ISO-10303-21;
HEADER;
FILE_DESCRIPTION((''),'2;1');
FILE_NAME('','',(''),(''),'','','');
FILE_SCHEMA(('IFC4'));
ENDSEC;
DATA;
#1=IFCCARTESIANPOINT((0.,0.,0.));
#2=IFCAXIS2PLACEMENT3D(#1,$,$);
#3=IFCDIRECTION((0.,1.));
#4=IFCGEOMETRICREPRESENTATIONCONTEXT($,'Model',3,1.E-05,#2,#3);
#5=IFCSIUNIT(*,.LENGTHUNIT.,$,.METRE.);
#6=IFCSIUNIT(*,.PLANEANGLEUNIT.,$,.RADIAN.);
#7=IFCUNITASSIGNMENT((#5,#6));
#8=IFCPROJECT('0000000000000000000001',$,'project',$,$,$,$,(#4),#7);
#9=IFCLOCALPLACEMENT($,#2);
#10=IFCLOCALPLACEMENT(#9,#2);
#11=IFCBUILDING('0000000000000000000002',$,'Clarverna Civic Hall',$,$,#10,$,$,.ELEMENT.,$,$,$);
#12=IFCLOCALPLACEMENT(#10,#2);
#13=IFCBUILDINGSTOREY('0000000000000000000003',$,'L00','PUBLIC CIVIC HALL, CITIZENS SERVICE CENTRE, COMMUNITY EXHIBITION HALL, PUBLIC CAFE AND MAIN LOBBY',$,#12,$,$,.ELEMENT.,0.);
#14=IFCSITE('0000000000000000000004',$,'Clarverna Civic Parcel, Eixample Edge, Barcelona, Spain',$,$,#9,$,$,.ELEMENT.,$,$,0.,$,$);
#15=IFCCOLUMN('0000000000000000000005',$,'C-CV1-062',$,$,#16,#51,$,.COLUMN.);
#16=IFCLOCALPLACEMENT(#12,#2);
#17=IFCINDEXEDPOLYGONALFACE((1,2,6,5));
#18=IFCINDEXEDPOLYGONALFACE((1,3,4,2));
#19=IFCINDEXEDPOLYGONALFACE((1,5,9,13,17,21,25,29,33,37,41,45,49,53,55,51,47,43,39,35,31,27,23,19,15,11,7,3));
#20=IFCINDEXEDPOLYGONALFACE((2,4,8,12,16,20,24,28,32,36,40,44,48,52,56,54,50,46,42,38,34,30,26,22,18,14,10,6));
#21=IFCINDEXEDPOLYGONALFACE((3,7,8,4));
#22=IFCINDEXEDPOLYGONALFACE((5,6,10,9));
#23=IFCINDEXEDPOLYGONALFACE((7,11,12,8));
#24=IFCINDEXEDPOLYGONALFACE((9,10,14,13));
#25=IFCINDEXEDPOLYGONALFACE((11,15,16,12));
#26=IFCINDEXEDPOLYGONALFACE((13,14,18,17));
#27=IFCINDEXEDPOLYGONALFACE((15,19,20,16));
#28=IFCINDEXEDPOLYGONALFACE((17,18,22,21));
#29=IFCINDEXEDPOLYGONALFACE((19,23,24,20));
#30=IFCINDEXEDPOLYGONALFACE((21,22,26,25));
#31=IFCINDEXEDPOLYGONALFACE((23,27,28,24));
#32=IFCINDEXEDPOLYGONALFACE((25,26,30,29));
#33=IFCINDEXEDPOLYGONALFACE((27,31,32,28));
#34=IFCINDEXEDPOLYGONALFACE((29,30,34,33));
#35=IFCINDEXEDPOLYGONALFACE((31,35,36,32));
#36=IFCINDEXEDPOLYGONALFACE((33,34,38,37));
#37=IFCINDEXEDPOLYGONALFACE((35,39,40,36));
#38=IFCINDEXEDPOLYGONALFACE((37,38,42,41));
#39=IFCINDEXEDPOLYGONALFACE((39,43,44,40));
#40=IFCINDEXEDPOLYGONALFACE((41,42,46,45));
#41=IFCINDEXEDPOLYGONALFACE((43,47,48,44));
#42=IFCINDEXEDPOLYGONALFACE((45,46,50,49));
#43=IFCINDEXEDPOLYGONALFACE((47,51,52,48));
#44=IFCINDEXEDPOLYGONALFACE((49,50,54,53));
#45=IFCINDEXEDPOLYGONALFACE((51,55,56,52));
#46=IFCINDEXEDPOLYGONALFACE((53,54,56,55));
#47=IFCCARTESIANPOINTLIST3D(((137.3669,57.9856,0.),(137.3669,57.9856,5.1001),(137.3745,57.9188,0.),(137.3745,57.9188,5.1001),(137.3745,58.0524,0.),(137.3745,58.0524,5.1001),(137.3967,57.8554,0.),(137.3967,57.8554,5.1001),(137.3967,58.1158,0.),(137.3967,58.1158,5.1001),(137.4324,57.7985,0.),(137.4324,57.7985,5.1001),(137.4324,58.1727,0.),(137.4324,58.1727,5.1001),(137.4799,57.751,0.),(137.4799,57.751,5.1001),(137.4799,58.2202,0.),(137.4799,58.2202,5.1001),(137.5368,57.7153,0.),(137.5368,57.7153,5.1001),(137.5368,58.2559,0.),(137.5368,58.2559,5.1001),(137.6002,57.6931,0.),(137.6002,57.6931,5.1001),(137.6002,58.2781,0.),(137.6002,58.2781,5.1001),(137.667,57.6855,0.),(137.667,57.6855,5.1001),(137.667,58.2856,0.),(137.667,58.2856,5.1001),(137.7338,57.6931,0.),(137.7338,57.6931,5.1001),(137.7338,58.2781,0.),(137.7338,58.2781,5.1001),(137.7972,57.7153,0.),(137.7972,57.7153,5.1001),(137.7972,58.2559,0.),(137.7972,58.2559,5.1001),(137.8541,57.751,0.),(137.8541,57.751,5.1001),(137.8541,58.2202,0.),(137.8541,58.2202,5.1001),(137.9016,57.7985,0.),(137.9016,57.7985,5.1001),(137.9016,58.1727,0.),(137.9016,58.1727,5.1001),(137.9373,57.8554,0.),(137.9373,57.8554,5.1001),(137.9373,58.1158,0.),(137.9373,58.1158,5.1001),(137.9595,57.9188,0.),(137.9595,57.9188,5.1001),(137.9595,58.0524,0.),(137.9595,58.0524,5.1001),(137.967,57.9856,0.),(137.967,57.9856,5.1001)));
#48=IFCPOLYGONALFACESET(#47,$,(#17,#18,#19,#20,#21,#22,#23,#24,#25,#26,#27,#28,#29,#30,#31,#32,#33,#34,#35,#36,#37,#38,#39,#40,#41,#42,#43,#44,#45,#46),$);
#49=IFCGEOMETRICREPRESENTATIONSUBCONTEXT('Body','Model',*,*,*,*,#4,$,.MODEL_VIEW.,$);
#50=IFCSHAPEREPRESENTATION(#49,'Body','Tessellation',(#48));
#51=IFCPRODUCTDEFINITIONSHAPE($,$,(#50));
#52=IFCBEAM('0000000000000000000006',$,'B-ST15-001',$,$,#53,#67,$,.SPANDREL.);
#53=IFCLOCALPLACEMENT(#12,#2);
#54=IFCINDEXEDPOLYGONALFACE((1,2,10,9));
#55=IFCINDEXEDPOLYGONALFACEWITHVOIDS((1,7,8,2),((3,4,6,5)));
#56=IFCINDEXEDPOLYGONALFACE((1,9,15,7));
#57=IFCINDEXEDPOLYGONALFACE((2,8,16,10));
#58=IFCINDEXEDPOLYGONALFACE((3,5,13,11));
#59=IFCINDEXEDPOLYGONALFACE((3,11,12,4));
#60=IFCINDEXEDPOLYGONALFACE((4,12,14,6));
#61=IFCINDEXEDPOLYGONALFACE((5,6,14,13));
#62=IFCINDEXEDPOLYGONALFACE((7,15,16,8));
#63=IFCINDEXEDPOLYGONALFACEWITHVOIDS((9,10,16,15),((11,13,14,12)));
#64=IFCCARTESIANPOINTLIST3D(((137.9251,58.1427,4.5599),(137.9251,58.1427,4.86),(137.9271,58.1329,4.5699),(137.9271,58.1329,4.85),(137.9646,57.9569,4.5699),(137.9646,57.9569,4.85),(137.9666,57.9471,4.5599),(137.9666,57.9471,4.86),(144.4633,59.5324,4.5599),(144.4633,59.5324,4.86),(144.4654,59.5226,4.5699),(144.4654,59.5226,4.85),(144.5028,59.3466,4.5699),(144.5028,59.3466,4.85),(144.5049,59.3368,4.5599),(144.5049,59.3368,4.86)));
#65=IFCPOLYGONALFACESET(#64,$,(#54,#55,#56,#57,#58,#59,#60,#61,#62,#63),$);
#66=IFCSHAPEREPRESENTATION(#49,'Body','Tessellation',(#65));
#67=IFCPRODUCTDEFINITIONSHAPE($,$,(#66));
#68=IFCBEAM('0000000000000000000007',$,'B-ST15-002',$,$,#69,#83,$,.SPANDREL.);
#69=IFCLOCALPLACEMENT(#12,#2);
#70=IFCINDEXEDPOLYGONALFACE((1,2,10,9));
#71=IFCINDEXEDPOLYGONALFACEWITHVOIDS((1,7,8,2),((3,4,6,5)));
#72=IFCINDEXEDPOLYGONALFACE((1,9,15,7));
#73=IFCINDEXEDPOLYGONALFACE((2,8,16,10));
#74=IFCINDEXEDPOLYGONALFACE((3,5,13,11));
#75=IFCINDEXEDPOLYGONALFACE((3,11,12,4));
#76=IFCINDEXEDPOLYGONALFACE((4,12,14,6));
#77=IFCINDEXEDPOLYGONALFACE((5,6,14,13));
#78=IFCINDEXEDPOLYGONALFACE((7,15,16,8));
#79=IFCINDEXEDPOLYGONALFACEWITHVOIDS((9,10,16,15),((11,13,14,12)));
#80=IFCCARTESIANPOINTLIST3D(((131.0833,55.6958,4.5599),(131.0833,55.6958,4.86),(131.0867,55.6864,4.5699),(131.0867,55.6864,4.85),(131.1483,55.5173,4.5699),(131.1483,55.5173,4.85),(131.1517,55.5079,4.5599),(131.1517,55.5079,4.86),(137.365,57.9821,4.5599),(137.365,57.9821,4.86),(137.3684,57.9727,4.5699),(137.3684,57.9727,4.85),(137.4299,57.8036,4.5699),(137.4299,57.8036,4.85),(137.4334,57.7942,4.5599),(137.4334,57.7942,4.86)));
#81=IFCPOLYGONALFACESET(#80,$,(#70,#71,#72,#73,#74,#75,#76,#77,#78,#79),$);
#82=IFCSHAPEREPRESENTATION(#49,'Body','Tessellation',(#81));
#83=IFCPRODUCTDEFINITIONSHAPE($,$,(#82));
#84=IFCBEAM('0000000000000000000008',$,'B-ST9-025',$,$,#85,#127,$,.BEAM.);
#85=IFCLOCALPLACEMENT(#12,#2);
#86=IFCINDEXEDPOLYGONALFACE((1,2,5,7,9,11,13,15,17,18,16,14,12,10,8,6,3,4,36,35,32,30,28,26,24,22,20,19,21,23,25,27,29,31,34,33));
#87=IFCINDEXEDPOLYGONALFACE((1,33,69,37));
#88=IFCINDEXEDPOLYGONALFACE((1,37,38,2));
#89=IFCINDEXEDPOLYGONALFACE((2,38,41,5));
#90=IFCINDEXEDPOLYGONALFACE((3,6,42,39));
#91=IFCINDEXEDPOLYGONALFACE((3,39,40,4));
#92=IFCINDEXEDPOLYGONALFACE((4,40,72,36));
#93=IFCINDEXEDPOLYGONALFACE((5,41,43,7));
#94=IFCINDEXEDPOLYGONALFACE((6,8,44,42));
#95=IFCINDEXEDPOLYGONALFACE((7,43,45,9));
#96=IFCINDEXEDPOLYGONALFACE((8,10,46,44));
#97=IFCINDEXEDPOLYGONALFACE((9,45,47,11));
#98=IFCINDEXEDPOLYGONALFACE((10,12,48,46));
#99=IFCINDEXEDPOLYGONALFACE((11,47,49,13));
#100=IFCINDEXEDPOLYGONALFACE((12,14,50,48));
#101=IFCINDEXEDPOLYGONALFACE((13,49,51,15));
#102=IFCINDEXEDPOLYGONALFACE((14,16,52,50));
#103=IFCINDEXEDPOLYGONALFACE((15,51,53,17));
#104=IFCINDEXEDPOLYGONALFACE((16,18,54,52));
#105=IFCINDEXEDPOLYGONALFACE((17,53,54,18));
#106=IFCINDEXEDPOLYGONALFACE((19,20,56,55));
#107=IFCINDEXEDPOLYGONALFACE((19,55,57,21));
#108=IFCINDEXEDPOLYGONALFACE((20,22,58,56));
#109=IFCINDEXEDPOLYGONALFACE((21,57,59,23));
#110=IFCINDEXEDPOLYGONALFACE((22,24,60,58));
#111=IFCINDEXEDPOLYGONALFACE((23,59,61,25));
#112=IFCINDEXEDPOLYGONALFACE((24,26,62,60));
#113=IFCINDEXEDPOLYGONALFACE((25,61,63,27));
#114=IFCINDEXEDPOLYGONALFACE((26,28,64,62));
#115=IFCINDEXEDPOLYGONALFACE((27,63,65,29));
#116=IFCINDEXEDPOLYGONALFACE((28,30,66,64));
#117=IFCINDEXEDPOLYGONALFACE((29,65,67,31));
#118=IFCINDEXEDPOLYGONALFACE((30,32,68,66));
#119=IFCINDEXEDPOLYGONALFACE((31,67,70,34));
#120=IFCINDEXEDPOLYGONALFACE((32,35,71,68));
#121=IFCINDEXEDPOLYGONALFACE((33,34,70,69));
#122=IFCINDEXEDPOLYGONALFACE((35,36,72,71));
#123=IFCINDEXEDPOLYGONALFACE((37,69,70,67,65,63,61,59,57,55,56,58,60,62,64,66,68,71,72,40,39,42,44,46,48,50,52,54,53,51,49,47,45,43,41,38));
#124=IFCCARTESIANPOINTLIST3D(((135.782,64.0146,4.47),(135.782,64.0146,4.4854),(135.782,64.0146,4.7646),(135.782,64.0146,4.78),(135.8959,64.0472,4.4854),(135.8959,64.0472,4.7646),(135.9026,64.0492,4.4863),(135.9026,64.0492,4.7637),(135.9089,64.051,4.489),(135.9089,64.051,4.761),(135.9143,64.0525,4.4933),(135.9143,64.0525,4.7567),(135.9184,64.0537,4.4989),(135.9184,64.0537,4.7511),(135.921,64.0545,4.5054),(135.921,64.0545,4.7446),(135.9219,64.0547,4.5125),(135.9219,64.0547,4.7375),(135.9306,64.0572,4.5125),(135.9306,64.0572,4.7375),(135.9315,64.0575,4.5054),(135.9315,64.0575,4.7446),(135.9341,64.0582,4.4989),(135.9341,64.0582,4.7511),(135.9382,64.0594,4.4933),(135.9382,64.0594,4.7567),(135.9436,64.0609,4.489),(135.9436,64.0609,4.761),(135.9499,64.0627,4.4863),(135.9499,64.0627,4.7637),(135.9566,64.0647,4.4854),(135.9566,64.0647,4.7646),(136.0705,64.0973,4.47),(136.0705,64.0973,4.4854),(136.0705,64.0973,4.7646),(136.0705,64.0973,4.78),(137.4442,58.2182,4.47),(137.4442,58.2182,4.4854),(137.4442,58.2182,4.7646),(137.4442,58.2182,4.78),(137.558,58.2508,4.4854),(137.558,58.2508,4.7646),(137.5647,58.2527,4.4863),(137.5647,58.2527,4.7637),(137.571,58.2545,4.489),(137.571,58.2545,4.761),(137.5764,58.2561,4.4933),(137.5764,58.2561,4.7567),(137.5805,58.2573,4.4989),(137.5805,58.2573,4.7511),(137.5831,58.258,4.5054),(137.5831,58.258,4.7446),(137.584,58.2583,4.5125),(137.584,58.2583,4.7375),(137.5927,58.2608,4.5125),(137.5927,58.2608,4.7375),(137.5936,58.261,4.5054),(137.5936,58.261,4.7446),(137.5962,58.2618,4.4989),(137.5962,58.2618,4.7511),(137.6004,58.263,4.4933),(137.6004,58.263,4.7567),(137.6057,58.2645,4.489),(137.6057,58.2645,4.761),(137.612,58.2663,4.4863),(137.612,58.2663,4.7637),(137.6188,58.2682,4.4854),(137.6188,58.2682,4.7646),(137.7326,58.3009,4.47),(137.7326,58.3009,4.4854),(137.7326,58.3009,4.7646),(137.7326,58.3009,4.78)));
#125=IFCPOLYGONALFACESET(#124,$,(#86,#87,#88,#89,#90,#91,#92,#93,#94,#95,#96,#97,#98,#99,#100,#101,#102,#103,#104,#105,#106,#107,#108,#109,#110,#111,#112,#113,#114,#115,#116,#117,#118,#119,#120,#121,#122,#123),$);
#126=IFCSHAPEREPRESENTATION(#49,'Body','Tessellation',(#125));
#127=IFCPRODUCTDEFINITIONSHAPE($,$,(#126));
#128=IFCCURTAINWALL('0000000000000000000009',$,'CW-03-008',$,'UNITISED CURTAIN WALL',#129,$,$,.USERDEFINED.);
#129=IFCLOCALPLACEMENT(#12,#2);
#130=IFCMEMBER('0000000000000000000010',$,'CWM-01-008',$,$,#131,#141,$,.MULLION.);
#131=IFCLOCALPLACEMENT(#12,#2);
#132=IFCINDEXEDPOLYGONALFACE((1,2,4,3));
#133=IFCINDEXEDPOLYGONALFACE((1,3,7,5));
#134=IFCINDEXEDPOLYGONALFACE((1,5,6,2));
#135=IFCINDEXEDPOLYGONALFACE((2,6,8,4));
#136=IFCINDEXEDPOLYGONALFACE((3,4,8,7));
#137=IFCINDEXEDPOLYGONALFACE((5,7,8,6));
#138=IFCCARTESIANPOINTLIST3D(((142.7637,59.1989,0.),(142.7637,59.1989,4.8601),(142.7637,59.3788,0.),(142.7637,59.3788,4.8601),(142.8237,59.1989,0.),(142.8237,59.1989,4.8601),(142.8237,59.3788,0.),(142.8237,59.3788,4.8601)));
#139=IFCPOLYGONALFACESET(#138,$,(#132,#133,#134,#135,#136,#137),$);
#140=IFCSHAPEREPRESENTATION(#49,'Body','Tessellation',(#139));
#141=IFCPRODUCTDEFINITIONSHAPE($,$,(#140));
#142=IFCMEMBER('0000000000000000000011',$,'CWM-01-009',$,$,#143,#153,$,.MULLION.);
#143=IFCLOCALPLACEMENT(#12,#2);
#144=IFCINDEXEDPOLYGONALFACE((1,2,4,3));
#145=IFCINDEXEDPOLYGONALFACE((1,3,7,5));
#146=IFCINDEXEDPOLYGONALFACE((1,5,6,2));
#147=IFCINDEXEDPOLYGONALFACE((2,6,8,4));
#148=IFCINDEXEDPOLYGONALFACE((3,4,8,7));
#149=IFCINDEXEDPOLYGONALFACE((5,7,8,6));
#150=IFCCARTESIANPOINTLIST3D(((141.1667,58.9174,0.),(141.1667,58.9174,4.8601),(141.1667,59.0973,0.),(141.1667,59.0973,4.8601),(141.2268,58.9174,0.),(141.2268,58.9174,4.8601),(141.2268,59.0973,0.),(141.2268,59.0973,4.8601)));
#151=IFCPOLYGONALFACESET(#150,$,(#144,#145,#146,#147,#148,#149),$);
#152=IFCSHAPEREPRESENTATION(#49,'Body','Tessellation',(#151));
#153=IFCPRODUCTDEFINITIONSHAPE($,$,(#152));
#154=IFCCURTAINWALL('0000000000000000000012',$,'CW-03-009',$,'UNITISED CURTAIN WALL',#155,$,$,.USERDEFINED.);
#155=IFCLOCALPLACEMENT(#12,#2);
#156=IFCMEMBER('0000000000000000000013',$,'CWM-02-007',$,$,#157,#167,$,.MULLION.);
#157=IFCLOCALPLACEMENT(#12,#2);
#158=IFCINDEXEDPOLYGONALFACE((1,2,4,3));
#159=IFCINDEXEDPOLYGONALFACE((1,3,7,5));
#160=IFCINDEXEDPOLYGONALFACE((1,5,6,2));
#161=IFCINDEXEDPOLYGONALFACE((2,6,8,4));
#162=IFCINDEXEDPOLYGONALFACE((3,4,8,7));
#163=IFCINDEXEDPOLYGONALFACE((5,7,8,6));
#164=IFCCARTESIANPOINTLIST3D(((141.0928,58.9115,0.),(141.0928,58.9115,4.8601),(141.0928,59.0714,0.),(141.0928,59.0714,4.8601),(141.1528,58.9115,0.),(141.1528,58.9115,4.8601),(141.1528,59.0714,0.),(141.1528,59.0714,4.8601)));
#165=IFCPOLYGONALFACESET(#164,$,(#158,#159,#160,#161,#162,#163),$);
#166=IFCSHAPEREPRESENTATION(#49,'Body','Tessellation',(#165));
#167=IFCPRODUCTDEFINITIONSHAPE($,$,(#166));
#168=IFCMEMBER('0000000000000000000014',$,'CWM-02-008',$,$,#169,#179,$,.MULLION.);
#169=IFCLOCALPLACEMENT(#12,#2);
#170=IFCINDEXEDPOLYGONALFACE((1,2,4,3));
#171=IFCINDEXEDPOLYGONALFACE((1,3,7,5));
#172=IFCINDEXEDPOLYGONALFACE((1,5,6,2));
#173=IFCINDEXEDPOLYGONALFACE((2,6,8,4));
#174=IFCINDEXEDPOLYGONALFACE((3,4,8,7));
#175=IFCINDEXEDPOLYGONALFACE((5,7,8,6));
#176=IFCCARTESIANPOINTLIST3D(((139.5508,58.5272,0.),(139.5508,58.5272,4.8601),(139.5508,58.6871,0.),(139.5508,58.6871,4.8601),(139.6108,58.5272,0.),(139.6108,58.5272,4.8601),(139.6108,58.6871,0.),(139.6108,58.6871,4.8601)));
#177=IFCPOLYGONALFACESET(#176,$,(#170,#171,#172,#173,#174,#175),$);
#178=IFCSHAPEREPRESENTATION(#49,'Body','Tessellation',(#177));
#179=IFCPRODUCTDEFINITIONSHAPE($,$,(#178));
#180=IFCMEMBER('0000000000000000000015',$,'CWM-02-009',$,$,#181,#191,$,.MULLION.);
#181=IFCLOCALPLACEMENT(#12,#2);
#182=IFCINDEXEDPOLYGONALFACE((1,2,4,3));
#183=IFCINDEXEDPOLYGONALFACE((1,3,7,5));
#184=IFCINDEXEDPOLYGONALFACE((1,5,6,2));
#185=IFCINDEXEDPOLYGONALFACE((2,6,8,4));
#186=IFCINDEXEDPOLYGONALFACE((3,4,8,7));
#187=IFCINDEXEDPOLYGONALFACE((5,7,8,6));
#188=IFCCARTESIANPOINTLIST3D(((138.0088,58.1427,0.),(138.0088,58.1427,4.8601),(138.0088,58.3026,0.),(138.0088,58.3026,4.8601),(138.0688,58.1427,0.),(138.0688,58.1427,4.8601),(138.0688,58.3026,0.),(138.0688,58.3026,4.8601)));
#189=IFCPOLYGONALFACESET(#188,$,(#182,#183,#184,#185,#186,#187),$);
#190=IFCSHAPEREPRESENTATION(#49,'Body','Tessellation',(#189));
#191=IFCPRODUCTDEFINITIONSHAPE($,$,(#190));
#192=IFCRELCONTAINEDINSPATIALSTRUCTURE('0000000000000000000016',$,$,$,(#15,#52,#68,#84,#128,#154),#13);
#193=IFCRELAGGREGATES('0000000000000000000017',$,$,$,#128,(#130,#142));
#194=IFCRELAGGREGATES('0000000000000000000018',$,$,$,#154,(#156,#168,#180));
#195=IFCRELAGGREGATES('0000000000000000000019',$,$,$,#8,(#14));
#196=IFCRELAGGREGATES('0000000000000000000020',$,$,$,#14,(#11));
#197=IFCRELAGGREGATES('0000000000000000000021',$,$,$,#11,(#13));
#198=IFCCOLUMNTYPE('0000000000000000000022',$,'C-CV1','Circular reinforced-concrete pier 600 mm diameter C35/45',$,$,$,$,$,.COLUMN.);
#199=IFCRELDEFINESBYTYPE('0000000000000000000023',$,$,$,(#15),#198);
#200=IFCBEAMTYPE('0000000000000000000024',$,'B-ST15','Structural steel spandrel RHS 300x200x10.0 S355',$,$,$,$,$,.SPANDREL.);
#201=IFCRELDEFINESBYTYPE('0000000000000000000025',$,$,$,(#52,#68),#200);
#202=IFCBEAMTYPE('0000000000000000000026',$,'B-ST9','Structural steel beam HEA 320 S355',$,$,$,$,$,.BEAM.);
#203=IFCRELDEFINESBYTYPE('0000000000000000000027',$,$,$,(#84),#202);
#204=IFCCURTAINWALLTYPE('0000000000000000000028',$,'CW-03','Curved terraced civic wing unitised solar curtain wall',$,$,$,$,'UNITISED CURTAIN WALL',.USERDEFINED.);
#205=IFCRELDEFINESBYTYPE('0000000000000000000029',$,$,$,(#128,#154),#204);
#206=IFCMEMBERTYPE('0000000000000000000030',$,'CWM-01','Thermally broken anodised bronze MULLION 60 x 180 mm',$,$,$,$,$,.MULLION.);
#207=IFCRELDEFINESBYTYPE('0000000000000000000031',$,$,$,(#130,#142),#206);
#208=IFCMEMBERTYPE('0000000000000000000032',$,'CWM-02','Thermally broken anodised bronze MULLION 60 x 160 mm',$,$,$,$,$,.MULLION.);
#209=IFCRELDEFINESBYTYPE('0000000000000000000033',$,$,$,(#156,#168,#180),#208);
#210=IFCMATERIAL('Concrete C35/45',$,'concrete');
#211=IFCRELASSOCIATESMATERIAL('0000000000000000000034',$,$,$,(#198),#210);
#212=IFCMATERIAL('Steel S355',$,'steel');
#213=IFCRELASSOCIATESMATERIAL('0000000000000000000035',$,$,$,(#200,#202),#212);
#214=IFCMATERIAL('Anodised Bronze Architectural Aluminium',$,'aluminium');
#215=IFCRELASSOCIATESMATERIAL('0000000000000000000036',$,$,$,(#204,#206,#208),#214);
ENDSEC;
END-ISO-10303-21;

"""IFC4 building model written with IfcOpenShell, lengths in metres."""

from ifc_helpers import new_model, si_unit, direction, frame, origin, origin_2d, place, context, subcontext, project, spatial, rectangle, hollow_rectangle, circle, i_section, extrude, material, material_profile, profile_set, type_object, element, aggregate, save


model = new_model("IFC4")

# Units and contexts
model_context = context("Model", 3, precision=1e-05, world=origin(), true_north=direction((0.0, 1.0)))
body_context = subcontext(model_context, "Body", "Model", "MODEL_VIEW")
ifc_project = project(units=[si_unit("LENGTHUNIT", "METRE"), si_unit("PLANEANGLEUNIT", "RADIAN")], contexts=[model_context])

# Site, building, storey
site_placement = place(None, origin())
site = spatial("IfcSite", under=ifc_project, at=site_placement, Name="Clarverna Civic Parcel, Eixample Edge, Barcelona, Spain", CompositionType="ELEMENT", RefElevation=0.0)
building_placement = place(site_placement, origin())
building = spatial("IfcBuilding", under=site, at=building_placement, Name="Clarverna Civic Hall", CompositionType="ELEMENT")
storey_placement = place(building_placement, origin())
storey = spatial("IfcBuildingStorey", under=building, at=storey_placement, Name="L00", Description="PUBLIC CIVIC HALL, CITIZENS SERVICE CENTRE, COMMUNITY EXHIBITION HALL, PUBLIC CAFE AND MAIN LOBBY", CompositionType="ELEMENT", Elevation=0.0)

# Column
ifc_material_1 = material(Name="Concrete C35/45", Category="concrete")
ifc_material_profile_1 = material_profile(ifc_material_1, circle(Radius=0.3, at=origin_2d()), Name="RC D600")
ifc_profile_set_1 = profile_set([ifc_material_profile_1], Name="Concrete C35/45")
column_type = type_object("IfcColumnType", Name="C-CV1", Description="Circular reinforced-concrete pier 600 mm diameter C35/45", PredefinedType="COLUMN", material=ifc_profile_set_1)
column_placement = place(storey_placement, frame((137.667, 57.9856, 0.0), z_axis=(0.0, 0.0, 1.0), x_axis=(1.0, 0.0, 0.0)))
element("IfcColumn", 1, at=column_placement, inside=storey, type_object=column_type, Name="C-CV1-062", PredefinedType="COLUMN", context=body_context, shape_type="SweptSolid", body=[
    extrude(circle(Radius=0.3, at=origin_2d()), origin(), (0.0, 0.0, 1.0), 5.1001),
])

# Beams
ifc_material_2 = material(Name="Steel S355", Category="steel")
ifc_material_profile_2 = material_profile(ifc_material_2, hollow_rectangle(XDim=0.2, YDim=0.3, WallThickness=0.01, at=origin_2d()), Name="RHS 300x200x10.0")
ifc_profile_set_2 = profile_set([ifc_material_profile_2], Name="Steel S355")
beam_type_1 = type_object("IfcBeamType", Name="B-ST15", Description="Structural steel spandrel RHS 300x200x10.0 S355", PredefinedType="SPANDREL", material=ifc_profile_set_2)
beam_1_placement = place(storey_placement, frame((144.4841, 59.4346, 4.71), z_axis=(-0.978151, -0.207895, 0.0), x_axis=(0.207895, -0.978151, 0.0)))
element("IfcBeam", 2, at=beam_1_placement, inside=storey, type_object=beam_type_1, Name="B-ST15-001", PredefinedType="SPANDREL", context=body_context, shape_type="SweptSolid", body=[
    extrude(hollow_rectangle(XDim=0.2, YDim=0.3, WallThickness=0.01, at=origin_2d()), origin(), (0.0, 0.0, 1.0), 6.6843),
])
beam_2_placement = place(storey_placement, frame((137.3992, 57.8882, 4.71), z_axis=(-0.939692, -0.342022, 0.0), x_axis=(0.342022, -0.939692, 0.0)))
element("IfcBeam", 3, at=beam_2_placement, inside=storey, type_object=beam_type_1, Name="B-ST15-002", PredefinedType="SPANDREL", context=body_context, shape_type="SweptSolid", body=[
    extrude(hollow_rectangle(XDim=0.2, YDim=0.3, WallThickness=0.01, at=origin_2d()), origin(), (0.0, 0.0, 1.0), 6.6848),
])
ifc_material_profile_3 = material_profile(ifc_material_2, i_section(OverallWidth=0.3, OverallDepth=0.3101, WebThickness=0.009, FlangeThickness=0.0154, FilletRadius=0.0271, at=origin_2d()), Name="HEA 320")
ifc_profile_set_3 = profile_set([ifc_material_profile_3], Name="Steel S355")
beam_type_2 = type_object("IfcBeamType", Name="B-ST9", Description="Structural steel beam HEA 320 S355", PredefinedType="BEAM", material=ifc_profile_set_3)
beam_3_placement = place(storey_placement, frame((137.5884, 58.2595, 4.625), z_axis=(-0.275641, 0.961261, 0.0), x_axis=(-0.961261, -0.275641, 0.0)))
element("IfcBeam", 4, at=beam_3_placement, inside=storey, type_object=beam_type_2, Name="B-ST9-025", PredefinedType="BEAM", context=body_context, shape_type="SweptSolid", body=[
    extrude(i_section(OverallWidth=0.3, OverallDepth=0.3101, WebThickness=0.009, FlangeThickness=0.0154, FilletRadius=0.0271, at=origin_2d()), origin(), (0.0, 0.0, 1.0), 6.03),
])

# Curtain walls, members
ifc_material_3 = material(Name="Anodised Bronze Architectural Aluminium", Category="aluminium")
curtain_wall_type = type_object("IfcCurtainWallType", Name="CW-03", Description="Curved terraced civic wing unitised solar curtain wall", ElementType="UNITISED CURTAIN WALL", PredefinedType="USERDEFINED", material=ifc_material_3)
curtain_wall_1_placement = place(storey_placement, origin())
curtain_wall_1 = element("IfcCurtainWall", 5, at=curtain_wall_1_placement, inside=storey, type_object=curtain_wall_type, Name="CW-03-008", ObjectType="UNITISED CURTAIN WALL", PredefinedType="USERDEFINED")
ifc_material_profile_4 = material_profile(ifc_material_3, rectangle(XDim=0.0601, YDim=0.1799, at=origin_2d()), Name="BRONZE 60x180")
ifc_profile_set_4 = profile_set([ifc_material_profile_4], Name="Anodised Bronze Architectural Aluminium")
member_type_1 = type_object("IfcMemberType", Name="CWM-01", Description="Thermally broken anodised bronze MULLION 60 x 180 mm", PredefinedType="MULLION", material=ifc_profile_set_4)
member_1_placement = place(storey_placement, frame((142.7937, 59.2888, 0.0), z_axis=(0.0, 0.0, 1.0), x_axis=(1.0, 0.0, 0.0)))
member_1 = element("IfcMember", 6, at=member_1_placement, type_object=member_type_1, Name="CWM-01-008", PredefinedType="MULLION", context=body_context, shape_type="SweptSolid", body=[
    extrude(rectangle(XDim=0.0601, YDim=0.1799, at=origin_2d()), origin(), (0.0, 0.0, 1.0), 4.8601),
])
member_2_placement = place(storey_placement, frame((141.1968, 59.0073, 0.0), z_axis=(0.0, 0.0, 1.0), x_axis=(1.0, 0.0, 0.0)))
member_2 = element("IfcMember", 7, at=member_2_placement, type_object=member_type_1, Name="CWM-01-009", PredefinedType="MULLION", context=body_context, shape_type="SweptSolid", body=[
    extrude(rectangle(XDim=0.0601, YDim=0.1799, at=origin_2d()), origin(), (0.0, 0.0, 1.0), 4.8601),
])
curtain_wall_2_placement = place(storey_placement, origin())
curtain_wall_2 = element("IfcCurtainWall", 8, at=curtain_wall_2_placement, inside=storey, type_object=curtain_wall_type, Name="CW-03-009", ObjectType="UNITISED CURTAIN WALL", PredefinedType="USERDEFINED")
ifc_material_profile_5 = material_profile(ifc_material_3, rectangle(XDim=0.0601, YDim=0.1599, at=origin_2d()), Name="BRONZE 60x160")
ifc_profile_set_5 = profile_set([ifc_material_profile_5], Name="Anodised Bronze Architectural Aluminium")
member_type_2 = type_object("IfcMemberType", Name="CWM-02", Description="Thermally broken anodised bronze MULLION 60 x 160 mm", PredefinedType="MULLION", material=ifc_profile_set_5)
member_3_placement = place(storey_placement, frame((141.1228, 58.9915, 0.0), z_axis=(0.0, 0.0, 1.0), x_axis=(1.0, 0.0, 0.0)))
member_3 = element("IfcMember", 9, at=member_3_placement, type_object=member_type_2, Name="CWM-02-007", PredefinedType="MULLION", context=body_context, shape_type="SweptSolid", body=[
    extrude(rectangle(XDim=0.0601, YDim=0.1599, at=origin_2d()), origin(), (0.0, 0.0, 1.0), 4.8601),
])
member_4_placement = place(storey_placement, frame((139.5808, 58.6072, 0.0), z_axis=(0.0, 0.0, 1.0), x_axis=(1.0, 0.0, 0.0)))
member_4 = element("IfcMember", 10, at=member_4_placement, type_object=member_type_2, Name="CWM-02-008", PredefinedType="MULLION", context=body_context, shape_type="SweptSolid", body=[
    extrude(rectangle(XDim=0.0601, YDim=0.1599, at=origin_2d()), origin(), (0.0, 0.0, 1.0), 4.8601),
])
member_5_placement = place(storey_placement, frame((138.0388, 58.2227, 0.0), z_axis=(0.0, 0.0, 1.0), x_axis=(1.0, 0.0, 0.0)))
member_5 = element("IfcMember", 11, at=member_5_placement, type_object=member_type_2, Name="CWM-02-009", PredefinedType="MULLION", context=body_context, shape_type="SweptSolid", body=[
    extrude(rectangle(XDim=0.0601, YDim=0.1599, at=origin_2d()), origin(), (0.0, 0.0, 1.0), 4.8601),
])

aggregate(curtain_wall_1, [member_1, member_2])
aggregate(curtain_wall_2, [member_3, member_4, member_5])

save(model, "model.ifc")
